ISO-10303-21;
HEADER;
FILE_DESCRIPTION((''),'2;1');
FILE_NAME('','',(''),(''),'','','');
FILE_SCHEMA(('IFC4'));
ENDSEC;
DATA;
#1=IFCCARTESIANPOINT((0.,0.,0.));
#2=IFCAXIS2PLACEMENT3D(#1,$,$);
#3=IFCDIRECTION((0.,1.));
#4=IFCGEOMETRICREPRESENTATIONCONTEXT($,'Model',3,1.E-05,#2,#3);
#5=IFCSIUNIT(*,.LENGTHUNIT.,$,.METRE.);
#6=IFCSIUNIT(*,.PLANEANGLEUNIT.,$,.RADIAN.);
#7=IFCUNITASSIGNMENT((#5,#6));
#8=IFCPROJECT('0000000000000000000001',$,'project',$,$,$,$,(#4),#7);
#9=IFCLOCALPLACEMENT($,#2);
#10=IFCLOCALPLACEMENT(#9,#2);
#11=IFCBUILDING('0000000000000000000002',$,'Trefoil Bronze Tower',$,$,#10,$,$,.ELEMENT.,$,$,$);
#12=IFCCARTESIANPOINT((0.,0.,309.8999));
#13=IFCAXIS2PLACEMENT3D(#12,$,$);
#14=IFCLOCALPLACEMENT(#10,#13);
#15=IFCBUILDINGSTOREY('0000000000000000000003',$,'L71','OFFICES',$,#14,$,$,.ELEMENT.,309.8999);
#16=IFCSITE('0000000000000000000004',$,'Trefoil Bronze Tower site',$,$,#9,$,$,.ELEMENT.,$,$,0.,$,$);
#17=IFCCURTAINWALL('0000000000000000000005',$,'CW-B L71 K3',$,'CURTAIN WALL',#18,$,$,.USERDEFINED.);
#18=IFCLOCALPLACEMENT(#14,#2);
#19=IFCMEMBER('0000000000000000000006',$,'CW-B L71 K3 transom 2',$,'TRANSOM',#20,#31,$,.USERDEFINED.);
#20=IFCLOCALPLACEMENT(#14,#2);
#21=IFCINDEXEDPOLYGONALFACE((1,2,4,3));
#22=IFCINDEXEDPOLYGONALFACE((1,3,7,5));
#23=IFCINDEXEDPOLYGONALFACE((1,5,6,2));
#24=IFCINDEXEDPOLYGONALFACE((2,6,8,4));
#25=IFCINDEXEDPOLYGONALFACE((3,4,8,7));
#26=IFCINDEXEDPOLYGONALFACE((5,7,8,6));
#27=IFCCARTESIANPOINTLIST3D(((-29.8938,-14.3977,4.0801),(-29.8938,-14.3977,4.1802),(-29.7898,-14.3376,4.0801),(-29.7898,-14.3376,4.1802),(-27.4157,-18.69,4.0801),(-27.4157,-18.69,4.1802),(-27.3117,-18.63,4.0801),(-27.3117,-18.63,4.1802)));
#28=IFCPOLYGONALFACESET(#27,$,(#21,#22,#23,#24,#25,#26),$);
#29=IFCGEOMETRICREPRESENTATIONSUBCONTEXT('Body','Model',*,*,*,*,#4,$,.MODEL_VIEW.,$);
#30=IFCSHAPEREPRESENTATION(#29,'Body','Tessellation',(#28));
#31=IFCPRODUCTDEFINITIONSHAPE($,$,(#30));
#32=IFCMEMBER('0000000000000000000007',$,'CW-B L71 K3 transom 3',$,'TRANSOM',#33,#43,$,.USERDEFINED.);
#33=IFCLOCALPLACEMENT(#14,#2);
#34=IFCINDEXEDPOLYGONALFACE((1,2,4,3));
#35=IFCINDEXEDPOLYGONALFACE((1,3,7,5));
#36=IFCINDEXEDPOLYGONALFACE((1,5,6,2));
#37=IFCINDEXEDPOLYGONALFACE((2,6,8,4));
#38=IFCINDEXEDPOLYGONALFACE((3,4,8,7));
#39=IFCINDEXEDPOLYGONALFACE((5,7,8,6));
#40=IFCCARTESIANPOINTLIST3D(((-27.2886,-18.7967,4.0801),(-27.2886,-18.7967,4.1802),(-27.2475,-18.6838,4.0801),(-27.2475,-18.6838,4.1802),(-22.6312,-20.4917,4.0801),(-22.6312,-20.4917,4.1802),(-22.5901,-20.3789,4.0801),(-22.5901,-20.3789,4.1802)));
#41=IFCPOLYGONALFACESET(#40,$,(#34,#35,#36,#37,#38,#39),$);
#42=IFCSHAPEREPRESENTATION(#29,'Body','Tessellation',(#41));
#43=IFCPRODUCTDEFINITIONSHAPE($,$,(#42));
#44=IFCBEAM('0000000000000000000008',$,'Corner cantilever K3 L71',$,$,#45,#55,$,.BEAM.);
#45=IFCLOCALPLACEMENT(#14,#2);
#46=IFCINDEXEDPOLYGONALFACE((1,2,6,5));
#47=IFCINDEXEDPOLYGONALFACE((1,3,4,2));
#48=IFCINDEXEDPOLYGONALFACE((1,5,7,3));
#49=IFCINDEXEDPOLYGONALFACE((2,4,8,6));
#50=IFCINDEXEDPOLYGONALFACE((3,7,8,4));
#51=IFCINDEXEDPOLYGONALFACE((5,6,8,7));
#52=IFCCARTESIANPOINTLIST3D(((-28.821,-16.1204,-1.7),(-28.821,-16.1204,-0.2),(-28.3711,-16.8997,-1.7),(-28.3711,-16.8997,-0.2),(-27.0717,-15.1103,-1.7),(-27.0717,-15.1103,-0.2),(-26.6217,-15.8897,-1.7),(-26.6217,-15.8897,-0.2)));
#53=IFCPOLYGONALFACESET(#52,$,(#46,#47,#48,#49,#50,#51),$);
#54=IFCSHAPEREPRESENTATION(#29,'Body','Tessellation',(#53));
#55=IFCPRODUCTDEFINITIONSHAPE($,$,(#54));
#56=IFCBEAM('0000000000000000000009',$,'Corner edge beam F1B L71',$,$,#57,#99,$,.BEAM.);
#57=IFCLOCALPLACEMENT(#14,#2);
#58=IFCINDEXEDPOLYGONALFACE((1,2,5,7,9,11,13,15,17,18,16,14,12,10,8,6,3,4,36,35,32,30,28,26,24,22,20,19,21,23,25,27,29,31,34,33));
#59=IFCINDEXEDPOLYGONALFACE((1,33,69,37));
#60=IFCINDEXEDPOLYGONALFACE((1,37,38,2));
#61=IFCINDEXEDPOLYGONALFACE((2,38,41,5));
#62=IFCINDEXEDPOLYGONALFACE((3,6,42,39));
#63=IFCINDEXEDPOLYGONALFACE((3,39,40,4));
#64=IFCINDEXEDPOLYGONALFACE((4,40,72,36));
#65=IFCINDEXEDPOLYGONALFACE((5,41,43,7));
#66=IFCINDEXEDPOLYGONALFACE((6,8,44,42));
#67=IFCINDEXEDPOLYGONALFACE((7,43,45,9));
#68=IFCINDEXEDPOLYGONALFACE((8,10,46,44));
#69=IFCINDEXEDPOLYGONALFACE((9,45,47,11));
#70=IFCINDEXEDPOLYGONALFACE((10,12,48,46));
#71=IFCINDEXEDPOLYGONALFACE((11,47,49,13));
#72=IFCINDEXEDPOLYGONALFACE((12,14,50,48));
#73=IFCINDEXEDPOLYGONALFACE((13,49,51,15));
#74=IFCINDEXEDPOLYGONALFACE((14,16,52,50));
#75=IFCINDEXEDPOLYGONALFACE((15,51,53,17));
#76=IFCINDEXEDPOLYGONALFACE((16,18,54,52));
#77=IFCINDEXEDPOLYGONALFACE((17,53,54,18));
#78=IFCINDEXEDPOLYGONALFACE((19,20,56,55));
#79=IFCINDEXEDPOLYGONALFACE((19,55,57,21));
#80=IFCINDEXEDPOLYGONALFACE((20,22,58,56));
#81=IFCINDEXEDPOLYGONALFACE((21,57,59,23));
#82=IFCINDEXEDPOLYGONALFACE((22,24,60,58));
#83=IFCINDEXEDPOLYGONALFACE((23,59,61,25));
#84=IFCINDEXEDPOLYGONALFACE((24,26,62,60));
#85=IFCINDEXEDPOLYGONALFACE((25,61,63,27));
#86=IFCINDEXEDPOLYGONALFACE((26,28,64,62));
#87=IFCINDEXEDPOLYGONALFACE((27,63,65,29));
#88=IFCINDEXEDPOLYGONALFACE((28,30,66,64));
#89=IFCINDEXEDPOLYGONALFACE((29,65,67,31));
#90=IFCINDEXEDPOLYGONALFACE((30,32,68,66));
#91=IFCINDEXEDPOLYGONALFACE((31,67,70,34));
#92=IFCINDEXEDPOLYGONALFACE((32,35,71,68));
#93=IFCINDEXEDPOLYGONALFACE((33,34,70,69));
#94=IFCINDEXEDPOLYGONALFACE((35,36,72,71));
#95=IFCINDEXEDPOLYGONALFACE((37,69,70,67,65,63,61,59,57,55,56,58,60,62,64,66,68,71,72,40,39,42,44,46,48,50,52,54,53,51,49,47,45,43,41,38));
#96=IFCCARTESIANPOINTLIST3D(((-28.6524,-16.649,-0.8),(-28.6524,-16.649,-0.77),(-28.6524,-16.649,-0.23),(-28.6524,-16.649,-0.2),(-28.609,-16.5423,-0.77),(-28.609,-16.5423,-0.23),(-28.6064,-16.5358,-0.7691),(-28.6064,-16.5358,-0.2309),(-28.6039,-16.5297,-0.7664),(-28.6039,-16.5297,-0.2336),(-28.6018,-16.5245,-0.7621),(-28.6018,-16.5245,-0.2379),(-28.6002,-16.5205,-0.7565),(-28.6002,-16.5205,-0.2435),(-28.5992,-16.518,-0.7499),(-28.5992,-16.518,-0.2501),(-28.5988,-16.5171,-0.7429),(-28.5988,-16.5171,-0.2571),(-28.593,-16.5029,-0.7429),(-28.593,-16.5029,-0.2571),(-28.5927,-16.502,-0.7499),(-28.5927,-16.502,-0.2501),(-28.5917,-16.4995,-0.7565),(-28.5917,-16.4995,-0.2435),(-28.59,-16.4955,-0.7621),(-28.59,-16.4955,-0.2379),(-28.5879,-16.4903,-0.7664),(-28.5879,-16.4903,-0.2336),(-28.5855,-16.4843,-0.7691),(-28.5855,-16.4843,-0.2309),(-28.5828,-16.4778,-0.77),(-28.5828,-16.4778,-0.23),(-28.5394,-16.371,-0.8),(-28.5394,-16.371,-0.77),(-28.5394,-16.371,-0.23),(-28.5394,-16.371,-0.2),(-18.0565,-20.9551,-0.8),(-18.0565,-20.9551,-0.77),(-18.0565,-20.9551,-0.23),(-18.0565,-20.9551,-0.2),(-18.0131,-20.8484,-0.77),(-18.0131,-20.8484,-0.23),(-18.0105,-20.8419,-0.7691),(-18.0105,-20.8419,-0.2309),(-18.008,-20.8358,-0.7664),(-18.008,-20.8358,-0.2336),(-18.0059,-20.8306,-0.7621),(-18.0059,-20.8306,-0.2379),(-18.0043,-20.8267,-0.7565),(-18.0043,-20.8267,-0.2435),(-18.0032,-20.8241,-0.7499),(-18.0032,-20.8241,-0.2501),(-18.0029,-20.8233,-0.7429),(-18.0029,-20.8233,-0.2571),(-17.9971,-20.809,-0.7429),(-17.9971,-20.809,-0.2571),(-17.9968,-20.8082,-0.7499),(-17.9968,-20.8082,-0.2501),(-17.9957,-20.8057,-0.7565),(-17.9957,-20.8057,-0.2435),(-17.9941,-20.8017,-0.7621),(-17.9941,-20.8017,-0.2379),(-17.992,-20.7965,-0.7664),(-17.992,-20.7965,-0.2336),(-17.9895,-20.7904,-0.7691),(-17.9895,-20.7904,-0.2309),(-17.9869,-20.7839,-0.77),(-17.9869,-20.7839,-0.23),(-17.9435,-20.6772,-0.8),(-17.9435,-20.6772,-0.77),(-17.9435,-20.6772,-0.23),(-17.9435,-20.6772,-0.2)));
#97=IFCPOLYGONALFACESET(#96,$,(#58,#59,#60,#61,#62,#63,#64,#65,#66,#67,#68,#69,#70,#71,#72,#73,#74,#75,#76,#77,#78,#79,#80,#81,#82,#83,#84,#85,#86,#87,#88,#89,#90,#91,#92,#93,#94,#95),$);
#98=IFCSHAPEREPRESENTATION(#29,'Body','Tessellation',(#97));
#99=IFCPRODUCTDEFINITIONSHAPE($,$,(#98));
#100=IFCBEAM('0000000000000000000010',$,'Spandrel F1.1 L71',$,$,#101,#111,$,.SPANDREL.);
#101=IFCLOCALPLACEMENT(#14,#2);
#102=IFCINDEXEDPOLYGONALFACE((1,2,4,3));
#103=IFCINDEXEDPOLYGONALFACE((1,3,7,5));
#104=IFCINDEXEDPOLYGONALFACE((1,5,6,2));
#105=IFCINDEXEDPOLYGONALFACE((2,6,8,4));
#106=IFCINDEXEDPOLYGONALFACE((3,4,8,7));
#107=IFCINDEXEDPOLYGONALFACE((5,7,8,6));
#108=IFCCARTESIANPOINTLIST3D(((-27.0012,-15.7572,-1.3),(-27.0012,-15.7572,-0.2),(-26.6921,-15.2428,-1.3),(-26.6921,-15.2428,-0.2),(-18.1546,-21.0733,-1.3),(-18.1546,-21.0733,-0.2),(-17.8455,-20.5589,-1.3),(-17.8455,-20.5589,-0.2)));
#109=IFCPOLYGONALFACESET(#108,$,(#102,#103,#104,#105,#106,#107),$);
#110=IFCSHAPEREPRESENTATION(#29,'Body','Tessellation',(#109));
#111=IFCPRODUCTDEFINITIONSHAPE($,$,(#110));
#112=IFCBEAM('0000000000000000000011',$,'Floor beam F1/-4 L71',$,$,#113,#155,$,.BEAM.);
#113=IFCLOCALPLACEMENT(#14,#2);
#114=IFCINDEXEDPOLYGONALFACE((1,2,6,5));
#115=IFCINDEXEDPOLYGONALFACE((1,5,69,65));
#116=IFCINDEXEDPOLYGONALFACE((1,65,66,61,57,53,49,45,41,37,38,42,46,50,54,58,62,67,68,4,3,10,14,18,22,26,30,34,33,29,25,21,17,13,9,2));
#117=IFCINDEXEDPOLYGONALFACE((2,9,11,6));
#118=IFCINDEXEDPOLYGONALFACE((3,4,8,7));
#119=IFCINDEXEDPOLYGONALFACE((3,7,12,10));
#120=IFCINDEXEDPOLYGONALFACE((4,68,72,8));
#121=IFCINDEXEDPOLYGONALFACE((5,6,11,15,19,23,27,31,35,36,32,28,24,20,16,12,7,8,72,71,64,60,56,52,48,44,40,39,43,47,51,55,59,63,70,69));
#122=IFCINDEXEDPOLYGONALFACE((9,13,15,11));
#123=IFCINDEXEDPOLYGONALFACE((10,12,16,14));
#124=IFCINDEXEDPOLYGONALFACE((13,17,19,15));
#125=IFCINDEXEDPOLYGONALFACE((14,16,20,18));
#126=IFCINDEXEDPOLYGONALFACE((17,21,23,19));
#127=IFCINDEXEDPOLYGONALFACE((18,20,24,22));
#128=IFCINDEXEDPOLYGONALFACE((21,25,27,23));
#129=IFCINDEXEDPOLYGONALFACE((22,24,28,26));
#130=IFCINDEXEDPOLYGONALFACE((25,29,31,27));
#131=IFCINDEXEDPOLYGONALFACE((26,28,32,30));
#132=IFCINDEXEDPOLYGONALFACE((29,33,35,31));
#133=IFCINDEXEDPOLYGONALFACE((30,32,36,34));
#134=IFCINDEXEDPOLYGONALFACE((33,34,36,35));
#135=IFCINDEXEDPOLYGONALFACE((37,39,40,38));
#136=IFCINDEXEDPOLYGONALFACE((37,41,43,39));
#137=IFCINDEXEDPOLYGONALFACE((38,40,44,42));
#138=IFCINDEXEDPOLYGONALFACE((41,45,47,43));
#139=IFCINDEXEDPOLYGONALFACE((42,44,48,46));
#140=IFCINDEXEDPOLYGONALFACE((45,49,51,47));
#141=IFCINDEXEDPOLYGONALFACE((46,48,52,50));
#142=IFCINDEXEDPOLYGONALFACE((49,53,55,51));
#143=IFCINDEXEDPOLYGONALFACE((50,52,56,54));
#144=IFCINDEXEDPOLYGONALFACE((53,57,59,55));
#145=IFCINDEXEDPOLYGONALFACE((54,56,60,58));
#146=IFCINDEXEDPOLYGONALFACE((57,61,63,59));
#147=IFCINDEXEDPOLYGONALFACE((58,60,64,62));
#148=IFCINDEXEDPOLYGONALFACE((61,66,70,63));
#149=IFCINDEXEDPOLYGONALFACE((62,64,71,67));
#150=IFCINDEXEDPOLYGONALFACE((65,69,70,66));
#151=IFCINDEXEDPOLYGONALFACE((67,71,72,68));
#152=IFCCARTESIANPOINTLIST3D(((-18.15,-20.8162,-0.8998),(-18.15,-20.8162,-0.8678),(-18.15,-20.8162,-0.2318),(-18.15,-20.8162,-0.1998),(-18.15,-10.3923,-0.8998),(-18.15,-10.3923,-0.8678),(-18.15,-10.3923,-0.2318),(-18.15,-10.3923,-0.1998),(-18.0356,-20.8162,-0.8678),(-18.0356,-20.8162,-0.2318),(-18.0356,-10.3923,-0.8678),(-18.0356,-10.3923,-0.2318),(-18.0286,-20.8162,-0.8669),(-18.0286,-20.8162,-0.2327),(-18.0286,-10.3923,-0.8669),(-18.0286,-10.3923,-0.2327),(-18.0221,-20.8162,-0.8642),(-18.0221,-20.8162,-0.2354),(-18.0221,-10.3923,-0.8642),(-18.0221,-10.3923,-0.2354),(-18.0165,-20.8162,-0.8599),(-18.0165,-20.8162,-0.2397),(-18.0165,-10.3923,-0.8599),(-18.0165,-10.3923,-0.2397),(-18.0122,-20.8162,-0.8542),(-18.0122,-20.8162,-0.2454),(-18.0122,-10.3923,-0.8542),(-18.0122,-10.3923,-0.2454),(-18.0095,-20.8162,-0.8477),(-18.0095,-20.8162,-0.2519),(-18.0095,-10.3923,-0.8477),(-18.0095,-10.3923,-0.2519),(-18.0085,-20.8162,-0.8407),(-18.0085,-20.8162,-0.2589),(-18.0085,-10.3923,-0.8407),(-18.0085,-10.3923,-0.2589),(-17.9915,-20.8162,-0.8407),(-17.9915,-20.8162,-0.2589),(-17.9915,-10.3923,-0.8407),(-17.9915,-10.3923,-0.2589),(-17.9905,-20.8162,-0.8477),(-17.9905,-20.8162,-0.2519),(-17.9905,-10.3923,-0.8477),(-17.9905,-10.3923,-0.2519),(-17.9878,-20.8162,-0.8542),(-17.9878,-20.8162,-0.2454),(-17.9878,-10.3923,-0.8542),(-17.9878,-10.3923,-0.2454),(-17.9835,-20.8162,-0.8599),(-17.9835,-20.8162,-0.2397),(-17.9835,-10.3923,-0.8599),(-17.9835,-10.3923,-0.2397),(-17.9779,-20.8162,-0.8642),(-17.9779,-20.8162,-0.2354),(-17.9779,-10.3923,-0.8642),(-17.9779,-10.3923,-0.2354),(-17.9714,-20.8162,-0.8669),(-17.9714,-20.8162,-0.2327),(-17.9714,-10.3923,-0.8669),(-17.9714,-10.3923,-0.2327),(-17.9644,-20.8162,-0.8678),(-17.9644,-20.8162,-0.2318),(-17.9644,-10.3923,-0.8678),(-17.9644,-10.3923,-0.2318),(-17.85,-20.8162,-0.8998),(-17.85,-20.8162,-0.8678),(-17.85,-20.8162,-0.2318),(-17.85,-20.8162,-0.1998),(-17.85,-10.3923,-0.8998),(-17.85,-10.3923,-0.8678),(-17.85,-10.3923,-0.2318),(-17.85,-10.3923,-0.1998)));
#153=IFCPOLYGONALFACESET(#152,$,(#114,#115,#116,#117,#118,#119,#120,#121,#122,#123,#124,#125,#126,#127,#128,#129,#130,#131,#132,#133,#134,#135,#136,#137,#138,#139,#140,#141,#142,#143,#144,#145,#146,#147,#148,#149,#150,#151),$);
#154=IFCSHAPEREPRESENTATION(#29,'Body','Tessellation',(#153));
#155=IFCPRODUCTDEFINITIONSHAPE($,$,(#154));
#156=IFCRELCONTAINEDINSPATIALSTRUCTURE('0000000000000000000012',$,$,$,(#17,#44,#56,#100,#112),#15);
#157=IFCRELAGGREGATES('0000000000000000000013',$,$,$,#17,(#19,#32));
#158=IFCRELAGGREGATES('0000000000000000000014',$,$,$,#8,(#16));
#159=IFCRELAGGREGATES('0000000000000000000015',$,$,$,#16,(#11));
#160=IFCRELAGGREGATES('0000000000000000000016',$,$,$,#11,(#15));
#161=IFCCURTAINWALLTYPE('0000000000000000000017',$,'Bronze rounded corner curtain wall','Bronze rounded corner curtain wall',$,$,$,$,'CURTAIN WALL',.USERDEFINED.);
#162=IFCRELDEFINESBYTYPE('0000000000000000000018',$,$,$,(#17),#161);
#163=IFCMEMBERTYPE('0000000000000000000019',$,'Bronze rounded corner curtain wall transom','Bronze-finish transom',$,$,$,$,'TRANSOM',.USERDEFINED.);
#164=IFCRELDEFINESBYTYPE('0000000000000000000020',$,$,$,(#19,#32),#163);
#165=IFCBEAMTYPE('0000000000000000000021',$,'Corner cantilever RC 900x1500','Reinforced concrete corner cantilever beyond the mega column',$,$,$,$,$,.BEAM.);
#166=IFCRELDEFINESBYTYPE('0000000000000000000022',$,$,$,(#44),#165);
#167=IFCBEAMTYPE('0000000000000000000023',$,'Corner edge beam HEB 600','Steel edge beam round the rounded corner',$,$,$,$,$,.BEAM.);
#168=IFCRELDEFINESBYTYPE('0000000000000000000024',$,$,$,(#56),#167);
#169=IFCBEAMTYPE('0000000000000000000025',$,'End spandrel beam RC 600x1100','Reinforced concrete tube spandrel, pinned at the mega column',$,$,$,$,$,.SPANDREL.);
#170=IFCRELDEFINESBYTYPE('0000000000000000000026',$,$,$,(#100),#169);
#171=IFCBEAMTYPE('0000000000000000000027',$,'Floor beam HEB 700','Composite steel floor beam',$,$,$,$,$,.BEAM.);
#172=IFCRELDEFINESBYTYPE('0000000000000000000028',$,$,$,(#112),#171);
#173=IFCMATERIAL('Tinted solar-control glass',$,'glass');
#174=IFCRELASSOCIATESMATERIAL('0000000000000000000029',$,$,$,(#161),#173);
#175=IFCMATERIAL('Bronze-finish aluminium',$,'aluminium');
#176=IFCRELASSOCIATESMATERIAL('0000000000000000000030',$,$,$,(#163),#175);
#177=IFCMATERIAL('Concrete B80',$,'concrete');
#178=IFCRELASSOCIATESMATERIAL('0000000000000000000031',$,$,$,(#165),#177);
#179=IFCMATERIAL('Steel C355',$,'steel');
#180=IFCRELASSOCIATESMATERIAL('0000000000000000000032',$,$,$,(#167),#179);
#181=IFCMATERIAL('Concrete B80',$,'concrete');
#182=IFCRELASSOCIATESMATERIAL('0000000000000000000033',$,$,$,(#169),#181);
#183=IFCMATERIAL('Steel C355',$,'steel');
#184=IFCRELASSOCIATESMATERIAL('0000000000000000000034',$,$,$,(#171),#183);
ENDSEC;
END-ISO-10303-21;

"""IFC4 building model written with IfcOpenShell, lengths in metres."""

from ifc_helpers import new_model, si_unit, direction, frame, origin, origin_2d, place, context, subcontext, project, spatial, rectangle, i_section, extrude, material, material_profile, profile_set, type_object, element, aggregate, save


model = new_model("IFC4")

# Units and contexts
model_context = context("Model", 3, precision=1e-05, world=origin(), true_north=direction((0.0, 1.0)))
body_context = subcontext(model_context, "Body", "Model", "MODEL_VIEW")
ifc_project = project(units=[si_unit("LENGTHUNIT", "METRE"), si_unit("PLANEANGLEUNIT", "RADIAN")], contexts=[model_context])

# Site, building, storey
site_placement = place(None, origin())
site = spatial("IfcSite", under=ifc_project, at=site_placement, Name="Trefoil Bronze Tower site", CompositionType="ELEMENT", RefElevation=0.0)
building_placement = place(site_placement, origin())
building = spatial("IfcBuilding", under=site, at=building_placement, Name="Trefoil Bronze Tower", CompositionType="ELEMENT")
storey_placement = place(building_placement, frame((0.0, 0.0, 309.8999)))
storey = spatial("IfcBuildingStorey", under=building, at=storey_placement, Name="L71", Description="OFFICES", CompositionType="ELEMENT", Elevation=309.8999)

# Curtain wall, members
ifc_material_1 = material(Name="Tinted solar-control glass", Category="glass")
curtain_wall_type_1 = type_object("IfcCurtainWallType", Name="Bronze rounded corner curtain wall", Description="Bronze rounded corner curtain wall", ElementType="CURTAIN WALL", PredefinedType="USERDEFINED", material=ifc_material_1)
curtain_wall_1_placement = place(storey_placement, origin())
curtain_wall_1 = element("IfcCurtainWall", 1, at=curtain_wall_1_placement, inside=storey, type_object=curtain_wall_type_1, Name="CW-B L71 K3", ObjectType="CURTAIN WALL", PredefinedType="USERDEFINED")
ifc_material_2 = material(Name="Bronze-finish aluminium", Category="aluminium")
ifc_material_profile_1 = material_profile(ifc_material_2, rectangle(XDim=0.1201, YDim=0.1001, at=origin_2d()), Name="CW-B transom")
ifc_profile_set_1 = profile_set([ifc_material_profile_1], Name="Bronze-finish aluminium")
member_type_1 = type_object("IfcMemberType", Name="Bronze rounded corner curtain wall transom", Description="Bronze-finish transom", ElementType="TRANSOM", PredefinedType="USERDEFINED", material=ifc_profile_set_1)
member_1_placement = place(storey_placement, frame((-29.8418, -14.3677, 4.1301), z_axis=(0.499985, -0.866034, 0.0), x_axis=(0.866034, 0.499985, 0.0)))
member_1 = element("IfcMember", 2, at=member_1_placement, type_object=member_type_1, Name="CW-B L71 K3 transom 2", ObjectType="TRANSOM", PredefinedType="USERDEFINED", context=body_context, shape_type="SweptSolid", body=[
    extrude(rectangle(XDim=0.1201, YDim=0.1001, at=origin_2d()), origin(), (0.0, 0.0, 1.0), 4.9563),
])
member_2_placement = place(storey_placement, frame((-27.2681, -18.7402, 4.1301), z_axis=(0.9397, -0.342, 0.0), x_axis=(0.342, 0.9397, 0.0)))
member_2 = element("IfcMember", 3, at=member_2_placement, type_object=member_type_1, Name="CW-B L71 K3 transom 3", ObjectType="TRANSOM", PredefinedType="USERDEFINED", context=body_context, shape_type="SweptSolid", body=[
    extrude(rectangle(XDim=0.1201, YDim=0.1001, at=origin_2d()), origin(), (0.0, 0.0, 1.0), 4.9563),
])

# Beams
ifc_material_3 = material(Name="Concrete B80", Category="concrete")
ifc_material_profile_2 = material_profile(ifc_material_3, rectangle(XDim=0.8999, YDim=1.5, at=origin_2d()), Name="RC 900x1500")
ifc_profile_set_2 = profile_set([ifc_material_profile_2], Name="Concrete B80")
beam_type_1 = type_object("IfcBeamType", Name="Corner cantilever RC 900x1500", Description="Reinforced concrete corner cantilever beyond the mega column", PredefinedType="BEAM", material=ifc_profile_set_2)
beam_1_placement = place(storey_placement, frame((-26.8467, -15.5, -0.95), z_axis=(-0.86601, -0.500026, 0.0), x_axis=(0.500026, -0.86601, 0.0)))
element("IfcBeam", 4, at=beam_1_placement, inside=storey, type_object=beam_type_1, Name="Corner cantilever K3 L71", PredefinedType="BEAM", context=body_context, shape_type="SweptSolid", body=[
    extrude(rectangle(XDim=0.8999, YDim=1.5, at=origin_2d()), origin(), (0.0, 0.0, 1.0), 2.02),
])
ifc_material_4 = material(Name="Steel C355", Category="steel")
ifc_material_profile_3 = material_profile(ifc_material_4, i_section(OverallWidth=0.3, OverallDepth=0.6001, WebThickness=0.0154, FlangeThickness=0.03, FilletRadius=0.0271, at=origin_2d()), Name="HEB 600")
ifc_profile_set_3 = profile_set([ifc_material_profile_3], Name="Steel C355")
beam_type_2 = type_object("IfcBeamType", Name="Corner edge beam HEB 600", Description="Steel edge beam round the rounded corner", PredefinedType="BEAM", material=ifc_profile_set_3)
beam_2_placement = place(storey_placement, frame((-18.0, -20.8162, -0.5), z_axis=(-0.926419, 0.376493, 0.0), x_axis=(-0.376493, -0.926419, 0.0)))
element("IfcBeam", 5, at=beam_2_placement, inside=storey, type_object=beam_type_2, Name="Corner edge beam F1B L71", PredefinedType="BEAM", context=body_context, shape_type="SweptSolid", body=[
    extrude(i_section(OverallWidth=0.3, OverallDepth=0.6001, WebThickness=0.0154, FlangeThickness=0.03, FilletRadius=0.0271, at=origin_2d()), origin(), (0.0, 0.0, 1.0), 11.4375),
])
ifc_material_5 = material(Name="Concrete B80", Category="concrete")
ifc_material_profile_4 = material_profile(ifc_material_5, rectangle(XDim=0.6001, YDim=1.1001, at=origin_2d()), Name="RC 600x1100")
ifc_profile_set_4 = profile_set([ifc_material_profile_4], Name="Concrete B80")
beam_type_3 = type_object("IfcBeamType", Name="End spandrel beam RC 600x1100", Description="Reinforced concrete tube spandrel, pinned at the mega column", PredefinedType="SPANDREL", material=ifc_profile_set_4)
beam_3_placement = place(storey_placement, frame((-26.8467, -15.5, -0.75), z_axis=(0.857144, -0.515077, 0.0), x_axis=(0.515077, 0.857144, 0.0)))
element("IfcBeam", 6, at=beam_3_placement, inside=storey, type_object=beam_type_3, Name="Spandrel F1.1 L71", PredefinedType="SPANDREL", context=body_context, shape_type="SweptSolid", body=[
    extrude(rectangle(XDim=0.6001, YDim=1.1001, at=origin_2d()), origin(), (0.0, 0.0, 1.0), 10.321),
])
ifc_material_6 = material(Name="Steel C355", Category="steel")
ifc_material_profile_5 = material_profile(ifc_material_6, i_section(OverallWidth=0.3, OverallDepth=0.7, WebThickness=0.0171, FlangeThickness=0.032, FilletRadius=0.0271, at=origin_2d()), Name="HEB 700")
ifc_profile_set_5 = profile_set([ifc_material_profile_5], Name="Steel C355")
beam_type_4 = type_object("IfcBeamType", Name="Floor beam HEB 700", Description="Composite steel floor beam", PredefinedType="BEAM", material=ifc_profile_set_5)
beam_4_placement = place(storey_placement, frame((-18.0, -20.8162, -0.5498), z_axis=(0.0, 1.0, 0.0), x_axis=(-1.0, 0.0, 0.0)))
element("IfcBeam", 7, at=beam_4_placement, inside=storey, type_object=beam_type_4, Name="Floor beam F1/-4 L71", PredefinedType="BEAM", context=body_context, shape_type="SweptSolid", body=[
    extrude(i_section(OverallWidth=0.3, OverallDepth=0.7, WebThickness=0.0171, FlangeThickness=0.032, FilletRadius=0.0271, at=origin_2d()), origin(), (0.0, 0.0, 1.0), 10.4238),
])

aggregate(curtain_wall_1, [member_1, member_2])

save(model, "model.ifc")
